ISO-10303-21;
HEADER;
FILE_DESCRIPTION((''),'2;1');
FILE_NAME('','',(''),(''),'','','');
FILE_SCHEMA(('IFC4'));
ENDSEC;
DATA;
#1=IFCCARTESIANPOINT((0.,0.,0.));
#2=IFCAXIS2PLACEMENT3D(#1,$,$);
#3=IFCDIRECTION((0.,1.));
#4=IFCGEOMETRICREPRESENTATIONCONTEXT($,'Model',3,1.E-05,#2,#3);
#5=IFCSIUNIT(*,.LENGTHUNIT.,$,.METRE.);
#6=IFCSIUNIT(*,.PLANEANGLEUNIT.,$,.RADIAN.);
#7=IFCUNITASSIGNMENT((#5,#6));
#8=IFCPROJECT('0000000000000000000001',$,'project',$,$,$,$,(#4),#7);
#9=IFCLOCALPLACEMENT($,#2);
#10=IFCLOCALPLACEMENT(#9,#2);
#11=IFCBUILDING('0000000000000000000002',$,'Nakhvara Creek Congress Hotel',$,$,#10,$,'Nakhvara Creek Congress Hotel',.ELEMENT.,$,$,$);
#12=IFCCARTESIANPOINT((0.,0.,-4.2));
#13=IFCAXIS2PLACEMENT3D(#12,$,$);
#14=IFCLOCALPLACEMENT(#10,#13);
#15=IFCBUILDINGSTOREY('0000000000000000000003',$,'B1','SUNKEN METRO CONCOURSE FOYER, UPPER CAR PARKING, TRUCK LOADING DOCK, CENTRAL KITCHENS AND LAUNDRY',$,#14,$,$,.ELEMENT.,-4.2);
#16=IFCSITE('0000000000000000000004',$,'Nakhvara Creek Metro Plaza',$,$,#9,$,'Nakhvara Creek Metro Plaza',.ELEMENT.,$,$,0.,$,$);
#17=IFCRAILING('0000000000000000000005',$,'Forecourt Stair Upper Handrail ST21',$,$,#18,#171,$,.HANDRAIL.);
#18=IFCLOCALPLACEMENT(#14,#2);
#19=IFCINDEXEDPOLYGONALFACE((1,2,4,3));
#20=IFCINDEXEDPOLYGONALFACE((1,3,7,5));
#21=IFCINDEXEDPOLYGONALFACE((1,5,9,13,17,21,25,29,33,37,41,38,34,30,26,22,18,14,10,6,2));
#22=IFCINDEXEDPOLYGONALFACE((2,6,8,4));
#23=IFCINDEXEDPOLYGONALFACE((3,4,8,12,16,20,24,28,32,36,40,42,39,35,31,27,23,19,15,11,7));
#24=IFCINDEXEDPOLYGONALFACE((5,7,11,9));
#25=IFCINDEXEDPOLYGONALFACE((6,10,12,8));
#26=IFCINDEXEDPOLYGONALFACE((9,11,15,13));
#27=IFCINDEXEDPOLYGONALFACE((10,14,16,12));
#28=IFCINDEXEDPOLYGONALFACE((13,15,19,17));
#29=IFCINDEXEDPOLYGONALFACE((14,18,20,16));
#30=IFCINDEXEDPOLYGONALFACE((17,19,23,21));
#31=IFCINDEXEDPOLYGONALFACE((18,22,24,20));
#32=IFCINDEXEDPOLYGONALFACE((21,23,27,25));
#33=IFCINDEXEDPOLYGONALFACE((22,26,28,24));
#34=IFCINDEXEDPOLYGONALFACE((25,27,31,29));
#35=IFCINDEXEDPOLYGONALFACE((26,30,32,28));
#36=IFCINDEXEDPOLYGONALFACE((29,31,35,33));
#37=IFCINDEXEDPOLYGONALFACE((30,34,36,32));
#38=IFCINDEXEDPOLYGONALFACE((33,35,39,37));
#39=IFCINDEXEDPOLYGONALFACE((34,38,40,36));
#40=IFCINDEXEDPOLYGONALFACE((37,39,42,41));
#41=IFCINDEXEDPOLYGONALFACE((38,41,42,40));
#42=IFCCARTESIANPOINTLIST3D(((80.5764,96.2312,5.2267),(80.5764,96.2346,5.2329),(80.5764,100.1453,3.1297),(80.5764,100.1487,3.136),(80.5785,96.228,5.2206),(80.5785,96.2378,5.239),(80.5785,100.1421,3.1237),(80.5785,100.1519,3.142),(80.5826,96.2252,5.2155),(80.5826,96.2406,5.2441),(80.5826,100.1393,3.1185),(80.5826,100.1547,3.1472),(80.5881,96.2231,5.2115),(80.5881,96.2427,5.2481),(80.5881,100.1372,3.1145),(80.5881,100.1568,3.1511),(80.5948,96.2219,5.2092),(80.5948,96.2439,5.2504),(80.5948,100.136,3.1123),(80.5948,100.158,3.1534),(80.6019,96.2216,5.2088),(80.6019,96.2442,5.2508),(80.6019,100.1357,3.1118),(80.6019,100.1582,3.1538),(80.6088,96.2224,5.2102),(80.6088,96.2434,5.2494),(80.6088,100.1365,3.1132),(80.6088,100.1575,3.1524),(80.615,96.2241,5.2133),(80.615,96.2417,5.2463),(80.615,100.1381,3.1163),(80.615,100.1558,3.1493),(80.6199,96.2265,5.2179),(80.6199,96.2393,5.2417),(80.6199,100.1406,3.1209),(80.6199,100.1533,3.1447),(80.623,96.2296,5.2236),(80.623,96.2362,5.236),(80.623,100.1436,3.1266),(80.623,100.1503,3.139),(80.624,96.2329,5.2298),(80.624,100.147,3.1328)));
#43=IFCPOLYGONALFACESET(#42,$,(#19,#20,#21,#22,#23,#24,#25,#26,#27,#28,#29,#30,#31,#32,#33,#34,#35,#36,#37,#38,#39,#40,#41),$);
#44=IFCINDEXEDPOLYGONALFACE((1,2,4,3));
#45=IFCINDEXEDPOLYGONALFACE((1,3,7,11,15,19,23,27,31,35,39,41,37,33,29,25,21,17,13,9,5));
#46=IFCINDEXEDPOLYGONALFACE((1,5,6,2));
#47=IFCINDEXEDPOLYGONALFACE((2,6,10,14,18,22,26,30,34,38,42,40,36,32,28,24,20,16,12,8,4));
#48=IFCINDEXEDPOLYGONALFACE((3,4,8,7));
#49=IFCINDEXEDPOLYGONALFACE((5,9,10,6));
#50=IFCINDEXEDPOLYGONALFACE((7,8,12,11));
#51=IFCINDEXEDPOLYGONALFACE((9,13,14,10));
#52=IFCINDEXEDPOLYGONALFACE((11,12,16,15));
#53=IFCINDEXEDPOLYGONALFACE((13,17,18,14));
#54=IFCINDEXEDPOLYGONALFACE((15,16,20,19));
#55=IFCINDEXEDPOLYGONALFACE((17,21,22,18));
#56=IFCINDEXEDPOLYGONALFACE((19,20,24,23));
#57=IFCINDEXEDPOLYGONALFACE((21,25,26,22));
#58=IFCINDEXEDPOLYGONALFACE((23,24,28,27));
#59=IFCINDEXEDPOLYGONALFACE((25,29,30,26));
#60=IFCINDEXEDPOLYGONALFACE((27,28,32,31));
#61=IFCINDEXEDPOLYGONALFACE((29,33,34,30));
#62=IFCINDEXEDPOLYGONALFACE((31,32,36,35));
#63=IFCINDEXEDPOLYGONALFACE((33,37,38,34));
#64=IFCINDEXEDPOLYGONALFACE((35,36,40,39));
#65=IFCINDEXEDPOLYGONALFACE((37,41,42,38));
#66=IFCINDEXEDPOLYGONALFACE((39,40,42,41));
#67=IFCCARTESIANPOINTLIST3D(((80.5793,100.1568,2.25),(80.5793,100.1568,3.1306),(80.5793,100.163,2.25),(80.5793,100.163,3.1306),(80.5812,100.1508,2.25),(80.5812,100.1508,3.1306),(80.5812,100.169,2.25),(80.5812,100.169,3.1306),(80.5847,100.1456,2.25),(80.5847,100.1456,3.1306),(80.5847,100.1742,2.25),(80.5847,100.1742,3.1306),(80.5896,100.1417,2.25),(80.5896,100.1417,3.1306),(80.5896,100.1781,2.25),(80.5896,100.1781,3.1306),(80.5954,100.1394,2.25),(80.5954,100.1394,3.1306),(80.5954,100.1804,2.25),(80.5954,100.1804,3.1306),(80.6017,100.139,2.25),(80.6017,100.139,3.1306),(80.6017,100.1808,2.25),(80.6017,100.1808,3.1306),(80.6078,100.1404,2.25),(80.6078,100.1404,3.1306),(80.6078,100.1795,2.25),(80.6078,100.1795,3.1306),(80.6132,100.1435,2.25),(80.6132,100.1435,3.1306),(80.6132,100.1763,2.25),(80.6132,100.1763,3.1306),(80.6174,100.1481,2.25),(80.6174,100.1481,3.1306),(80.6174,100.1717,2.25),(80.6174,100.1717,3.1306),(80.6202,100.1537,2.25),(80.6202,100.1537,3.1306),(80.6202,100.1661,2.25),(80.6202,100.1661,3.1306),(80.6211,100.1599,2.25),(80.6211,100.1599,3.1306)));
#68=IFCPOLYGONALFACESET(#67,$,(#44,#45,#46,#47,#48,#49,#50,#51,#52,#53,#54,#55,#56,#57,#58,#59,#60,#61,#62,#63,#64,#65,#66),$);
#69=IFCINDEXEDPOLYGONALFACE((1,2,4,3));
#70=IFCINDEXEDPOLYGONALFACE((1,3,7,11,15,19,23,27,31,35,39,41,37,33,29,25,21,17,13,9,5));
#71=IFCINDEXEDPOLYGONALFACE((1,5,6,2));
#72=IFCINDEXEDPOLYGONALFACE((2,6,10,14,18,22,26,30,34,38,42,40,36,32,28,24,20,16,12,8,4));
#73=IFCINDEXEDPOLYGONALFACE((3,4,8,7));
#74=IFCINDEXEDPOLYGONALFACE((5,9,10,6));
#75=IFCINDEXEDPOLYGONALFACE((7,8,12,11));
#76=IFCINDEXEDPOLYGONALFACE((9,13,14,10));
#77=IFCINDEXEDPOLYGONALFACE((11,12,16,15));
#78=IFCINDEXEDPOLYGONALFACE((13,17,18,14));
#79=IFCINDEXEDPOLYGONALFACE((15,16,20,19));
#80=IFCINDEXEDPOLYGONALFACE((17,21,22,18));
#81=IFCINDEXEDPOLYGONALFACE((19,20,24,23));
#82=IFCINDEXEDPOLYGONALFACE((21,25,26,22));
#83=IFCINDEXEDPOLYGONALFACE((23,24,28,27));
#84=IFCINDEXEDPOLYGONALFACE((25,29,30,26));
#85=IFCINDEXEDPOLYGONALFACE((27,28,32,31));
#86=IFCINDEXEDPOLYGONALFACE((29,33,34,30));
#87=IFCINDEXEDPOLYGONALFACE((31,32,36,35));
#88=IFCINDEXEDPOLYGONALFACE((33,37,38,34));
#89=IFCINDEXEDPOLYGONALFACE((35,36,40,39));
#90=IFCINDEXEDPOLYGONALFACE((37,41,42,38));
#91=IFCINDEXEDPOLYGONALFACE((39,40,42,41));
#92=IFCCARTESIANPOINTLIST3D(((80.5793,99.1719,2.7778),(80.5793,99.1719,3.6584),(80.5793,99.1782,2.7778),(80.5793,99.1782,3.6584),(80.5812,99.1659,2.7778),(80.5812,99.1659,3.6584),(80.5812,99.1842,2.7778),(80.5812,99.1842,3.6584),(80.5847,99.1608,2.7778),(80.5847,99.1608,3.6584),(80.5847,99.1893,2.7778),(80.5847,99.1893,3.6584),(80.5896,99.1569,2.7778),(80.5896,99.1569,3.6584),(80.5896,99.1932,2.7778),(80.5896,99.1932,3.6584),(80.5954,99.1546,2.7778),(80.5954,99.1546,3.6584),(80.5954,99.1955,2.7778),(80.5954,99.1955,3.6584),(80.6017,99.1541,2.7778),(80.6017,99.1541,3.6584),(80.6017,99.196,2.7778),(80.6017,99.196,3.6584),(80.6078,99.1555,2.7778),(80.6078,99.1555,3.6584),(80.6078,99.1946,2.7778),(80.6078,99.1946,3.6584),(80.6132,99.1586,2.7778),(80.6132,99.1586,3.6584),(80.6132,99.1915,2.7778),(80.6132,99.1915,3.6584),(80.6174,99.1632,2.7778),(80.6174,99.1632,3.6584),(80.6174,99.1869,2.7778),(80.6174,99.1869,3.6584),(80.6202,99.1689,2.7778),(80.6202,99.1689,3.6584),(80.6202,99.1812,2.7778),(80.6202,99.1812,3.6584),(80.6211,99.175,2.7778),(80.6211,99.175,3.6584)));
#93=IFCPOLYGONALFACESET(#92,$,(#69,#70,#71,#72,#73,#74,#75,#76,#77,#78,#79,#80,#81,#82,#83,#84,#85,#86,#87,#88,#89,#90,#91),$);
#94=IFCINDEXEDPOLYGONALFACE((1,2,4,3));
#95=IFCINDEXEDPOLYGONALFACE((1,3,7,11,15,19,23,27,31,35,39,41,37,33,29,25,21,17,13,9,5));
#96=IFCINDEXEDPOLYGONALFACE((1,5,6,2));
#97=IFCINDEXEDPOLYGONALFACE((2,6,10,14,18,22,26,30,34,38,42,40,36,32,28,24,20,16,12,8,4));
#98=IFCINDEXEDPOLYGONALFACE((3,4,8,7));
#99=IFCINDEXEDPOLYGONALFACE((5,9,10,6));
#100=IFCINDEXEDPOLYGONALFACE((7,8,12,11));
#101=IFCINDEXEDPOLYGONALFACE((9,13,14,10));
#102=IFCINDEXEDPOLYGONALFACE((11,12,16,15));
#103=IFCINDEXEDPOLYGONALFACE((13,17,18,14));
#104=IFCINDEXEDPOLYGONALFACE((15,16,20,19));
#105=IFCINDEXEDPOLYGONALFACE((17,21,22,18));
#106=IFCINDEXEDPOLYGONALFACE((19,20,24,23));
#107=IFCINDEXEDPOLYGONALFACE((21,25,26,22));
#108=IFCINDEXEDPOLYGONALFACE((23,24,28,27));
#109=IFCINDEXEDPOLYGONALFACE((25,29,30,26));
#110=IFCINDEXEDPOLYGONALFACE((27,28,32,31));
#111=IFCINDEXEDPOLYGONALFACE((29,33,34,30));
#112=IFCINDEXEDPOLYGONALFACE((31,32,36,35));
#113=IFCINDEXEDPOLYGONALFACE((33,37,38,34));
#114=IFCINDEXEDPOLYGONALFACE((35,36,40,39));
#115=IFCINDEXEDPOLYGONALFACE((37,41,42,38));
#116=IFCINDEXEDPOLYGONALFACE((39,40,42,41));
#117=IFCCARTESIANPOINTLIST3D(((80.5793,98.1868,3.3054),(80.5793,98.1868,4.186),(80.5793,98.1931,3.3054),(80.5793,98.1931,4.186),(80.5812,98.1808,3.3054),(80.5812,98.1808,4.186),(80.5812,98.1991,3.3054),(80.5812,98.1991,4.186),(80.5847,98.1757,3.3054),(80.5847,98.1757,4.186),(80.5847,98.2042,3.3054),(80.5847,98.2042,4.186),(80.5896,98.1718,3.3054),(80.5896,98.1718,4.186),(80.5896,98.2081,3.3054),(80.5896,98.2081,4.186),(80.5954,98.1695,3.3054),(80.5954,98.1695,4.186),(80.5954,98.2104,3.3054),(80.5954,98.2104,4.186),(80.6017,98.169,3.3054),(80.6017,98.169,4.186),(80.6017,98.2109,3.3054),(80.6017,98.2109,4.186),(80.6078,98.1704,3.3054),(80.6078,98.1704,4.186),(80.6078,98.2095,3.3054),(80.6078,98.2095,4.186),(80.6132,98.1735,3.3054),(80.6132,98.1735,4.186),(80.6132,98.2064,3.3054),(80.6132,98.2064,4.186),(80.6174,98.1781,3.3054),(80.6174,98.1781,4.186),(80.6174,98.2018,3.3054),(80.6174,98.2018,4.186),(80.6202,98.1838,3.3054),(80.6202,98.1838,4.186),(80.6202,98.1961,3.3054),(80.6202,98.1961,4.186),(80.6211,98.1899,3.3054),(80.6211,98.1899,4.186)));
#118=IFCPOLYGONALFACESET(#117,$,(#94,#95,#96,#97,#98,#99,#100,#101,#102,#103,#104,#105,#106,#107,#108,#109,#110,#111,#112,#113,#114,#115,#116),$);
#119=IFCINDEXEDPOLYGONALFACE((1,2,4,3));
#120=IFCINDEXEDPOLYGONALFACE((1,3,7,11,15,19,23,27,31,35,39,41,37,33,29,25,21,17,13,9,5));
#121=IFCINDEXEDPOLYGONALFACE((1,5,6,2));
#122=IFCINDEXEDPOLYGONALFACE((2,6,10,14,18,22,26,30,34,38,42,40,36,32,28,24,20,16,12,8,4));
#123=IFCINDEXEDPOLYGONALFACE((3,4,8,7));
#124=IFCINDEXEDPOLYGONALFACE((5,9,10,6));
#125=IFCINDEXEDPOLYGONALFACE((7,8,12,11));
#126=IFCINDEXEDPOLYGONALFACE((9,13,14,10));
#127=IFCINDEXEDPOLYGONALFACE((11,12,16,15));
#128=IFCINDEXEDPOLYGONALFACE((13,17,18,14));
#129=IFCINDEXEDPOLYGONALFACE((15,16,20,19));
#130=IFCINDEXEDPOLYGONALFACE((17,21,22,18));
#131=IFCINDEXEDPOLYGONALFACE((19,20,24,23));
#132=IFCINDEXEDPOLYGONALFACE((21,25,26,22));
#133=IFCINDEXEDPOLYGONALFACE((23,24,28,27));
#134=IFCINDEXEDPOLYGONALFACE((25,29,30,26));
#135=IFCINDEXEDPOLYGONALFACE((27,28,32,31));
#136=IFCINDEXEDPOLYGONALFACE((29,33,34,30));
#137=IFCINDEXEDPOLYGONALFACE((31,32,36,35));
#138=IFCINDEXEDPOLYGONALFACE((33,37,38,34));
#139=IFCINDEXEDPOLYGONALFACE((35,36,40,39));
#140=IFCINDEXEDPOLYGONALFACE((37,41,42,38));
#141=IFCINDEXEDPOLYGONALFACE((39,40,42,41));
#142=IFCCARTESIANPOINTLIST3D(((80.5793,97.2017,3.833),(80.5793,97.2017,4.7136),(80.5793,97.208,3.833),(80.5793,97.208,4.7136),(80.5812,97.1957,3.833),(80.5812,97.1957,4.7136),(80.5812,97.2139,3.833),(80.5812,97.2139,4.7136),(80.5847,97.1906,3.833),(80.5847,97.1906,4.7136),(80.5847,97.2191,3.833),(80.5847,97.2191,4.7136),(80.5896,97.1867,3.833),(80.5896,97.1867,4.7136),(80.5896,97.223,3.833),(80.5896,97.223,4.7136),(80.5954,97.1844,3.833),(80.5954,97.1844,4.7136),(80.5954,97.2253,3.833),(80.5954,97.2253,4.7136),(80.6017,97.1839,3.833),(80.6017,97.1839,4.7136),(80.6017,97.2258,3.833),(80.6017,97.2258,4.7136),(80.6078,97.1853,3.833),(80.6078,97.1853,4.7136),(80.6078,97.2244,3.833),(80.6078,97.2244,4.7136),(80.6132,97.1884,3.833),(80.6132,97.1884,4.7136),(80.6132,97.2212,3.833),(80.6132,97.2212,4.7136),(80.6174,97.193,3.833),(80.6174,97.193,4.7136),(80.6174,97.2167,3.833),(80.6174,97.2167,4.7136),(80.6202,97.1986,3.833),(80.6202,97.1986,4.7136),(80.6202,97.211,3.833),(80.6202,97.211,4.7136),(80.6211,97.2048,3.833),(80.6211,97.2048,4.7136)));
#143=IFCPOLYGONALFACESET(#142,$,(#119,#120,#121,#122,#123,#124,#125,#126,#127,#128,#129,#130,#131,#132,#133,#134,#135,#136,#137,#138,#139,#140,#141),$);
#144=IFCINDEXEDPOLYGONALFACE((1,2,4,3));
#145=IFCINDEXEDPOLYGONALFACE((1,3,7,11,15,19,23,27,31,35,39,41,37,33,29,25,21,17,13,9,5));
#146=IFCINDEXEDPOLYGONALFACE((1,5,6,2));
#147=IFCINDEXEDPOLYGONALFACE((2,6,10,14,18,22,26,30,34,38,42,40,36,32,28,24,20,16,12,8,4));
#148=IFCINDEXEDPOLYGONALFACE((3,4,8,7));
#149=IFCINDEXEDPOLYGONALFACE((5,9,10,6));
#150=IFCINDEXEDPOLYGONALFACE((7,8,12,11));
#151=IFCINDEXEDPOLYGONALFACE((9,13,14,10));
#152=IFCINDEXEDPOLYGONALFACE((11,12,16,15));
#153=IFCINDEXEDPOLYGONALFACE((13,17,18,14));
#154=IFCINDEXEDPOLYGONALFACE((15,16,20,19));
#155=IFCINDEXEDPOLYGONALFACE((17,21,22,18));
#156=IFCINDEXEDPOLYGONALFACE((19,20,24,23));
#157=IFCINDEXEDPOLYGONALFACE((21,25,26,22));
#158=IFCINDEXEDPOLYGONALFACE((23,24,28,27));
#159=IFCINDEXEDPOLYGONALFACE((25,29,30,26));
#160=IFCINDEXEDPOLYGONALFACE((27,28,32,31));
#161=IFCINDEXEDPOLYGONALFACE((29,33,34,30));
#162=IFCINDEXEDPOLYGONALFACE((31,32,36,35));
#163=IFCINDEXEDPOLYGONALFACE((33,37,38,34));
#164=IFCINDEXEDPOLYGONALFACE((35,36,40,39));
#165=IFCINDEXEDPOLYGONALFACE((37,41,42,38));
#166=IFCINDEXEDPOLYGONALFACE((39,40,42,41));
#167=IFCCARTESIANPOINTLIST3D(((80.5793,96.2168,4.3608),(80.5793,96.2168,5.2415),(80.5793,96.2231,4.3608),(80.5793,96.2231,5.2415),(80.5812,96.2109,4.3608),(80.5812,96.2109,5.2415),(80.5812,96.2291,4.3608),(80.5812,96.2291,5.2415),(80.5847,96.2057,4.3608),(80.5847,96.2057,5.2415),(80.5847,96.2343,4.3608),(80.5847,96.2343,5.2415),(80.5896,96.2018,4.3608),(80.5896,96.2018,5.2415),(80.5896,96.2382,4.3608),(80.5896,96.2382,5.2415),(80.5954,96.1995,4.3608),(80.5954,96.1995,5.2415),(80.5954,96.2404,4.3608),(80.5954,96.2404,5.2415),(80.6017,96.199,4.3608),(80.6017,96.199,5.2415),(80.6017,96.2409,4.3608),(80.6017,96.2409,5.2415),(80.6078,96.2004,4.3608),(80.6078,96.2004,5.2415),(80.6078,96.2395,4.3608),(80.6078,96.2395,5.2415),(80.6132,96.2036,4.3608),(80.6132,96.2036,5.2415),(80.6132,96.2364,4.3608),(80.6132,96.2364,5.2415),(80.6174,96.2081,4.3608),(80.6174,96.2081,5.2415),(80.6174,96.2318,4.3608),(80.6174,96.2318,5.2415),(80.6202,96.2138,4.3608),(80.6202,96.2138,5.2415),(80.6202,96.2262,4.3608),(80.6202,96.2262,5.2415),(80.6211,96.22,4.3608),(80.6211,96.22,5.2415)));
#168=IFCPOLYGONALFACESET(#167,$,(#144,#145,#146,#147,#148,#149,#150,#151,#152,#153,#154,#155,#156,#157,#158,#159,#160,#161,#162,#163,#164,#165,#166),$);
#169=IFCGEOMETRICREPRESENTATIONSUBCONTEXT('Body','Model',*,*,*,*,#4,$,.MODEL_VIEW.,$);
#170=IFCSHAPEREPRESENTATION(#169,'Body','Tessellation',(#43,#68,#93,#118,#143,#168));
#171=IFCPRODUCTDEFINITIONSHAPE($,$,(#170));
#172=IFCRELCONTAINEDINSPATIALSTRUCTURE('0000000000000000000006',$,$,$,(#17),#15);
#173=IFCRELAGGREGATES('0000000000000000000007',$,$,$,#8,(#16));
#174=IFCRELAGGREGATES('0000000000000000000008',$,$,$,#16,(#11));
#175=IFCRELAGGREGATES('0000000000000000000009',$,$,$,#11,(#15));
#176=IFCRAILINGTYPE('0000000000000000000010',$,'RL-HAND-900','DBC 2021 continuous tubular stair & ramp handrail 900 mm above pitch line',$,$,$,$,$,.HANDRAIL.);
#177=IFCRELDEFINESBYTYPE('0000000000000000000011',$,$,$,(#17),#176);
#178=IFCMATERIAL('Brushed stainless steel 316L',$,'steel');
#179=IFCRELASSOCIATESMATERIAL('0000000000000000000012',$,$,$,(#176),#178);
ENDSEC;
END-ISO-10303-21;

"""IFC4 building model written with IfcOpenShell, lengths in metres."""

from ifc_helpers import new_model, si_unit, direction, frame, origin, origin_2d, place, context, subcontext, project, spatial, circle, extrude, material, type_object, element, save


model = new_model("IFC4")

# Units and contexts
model_context = context("Model", 3, precision=1e-05, world=origin(), true_north=direction((0.0, 1.0)))
body_context = subcontext(model_context, "Body", "Model", "MODEL_VIEW")
ifc_project = project(units=[si_unit("LENGTHUNIT", "METRE"), si_unit("PLANEANGLEUNIT", "RADIAN")], contexts=[model_context])

# Site, building, storey
site_placement = place(None, origin())
site = spatial("IfcSite", under=ifc_project, at=site_placement, Name="Nakhvara Creek Metro Plaza", LongName="Nakhvara Creek Metro Plaza", CompositionType="ELEMENT", RefElevation=0.0)
building_placement = place(site_placement, origin())
building = spatial("IfcBuilding", under=site, at=building_placement, Name="Nakhvara Creek Congress Hotel", LongName="Nakhvara Creek Congress Hotel", CompositionType="ELEMENT")
storey_placement = place(building_placement, frame((0.0, 0.0, -4.2)))
storey = spatial("IfcBuildingStorey", under=building, at=storey_placement, Name="B1", Description="SUNKEN METRO CONCOURSE FOYER, UPPER CAR PARKING, TRUCK LOADING DOCK, CENTRAL KITCHENS AND LAUNDRY", CompositionType="ELEMENT", Elevation=-4.2)

# Railing
ifc_material_1 = material(Name="Brushed stainless steel 316L", Category="steel")
railing_type_1 = type_object("IfcRailingType", Name="RL-HAND-900", Description="DBC 2021 continuous tubular stair & ramp handrail 900 mm above pitch line", PredefinedType="HANDRAIL", material=ifc_material_1)
railing_1_placement = place(storey_placement, frame((80.6001, 100.1599, 2.25)))
element("IfcRailing", 1, at=railing_1_placement, inside=storey, type_object=railing_type_1, Name="Forecourt Stair Upper Handrail ST21", PredefinedType="HANDRAIL", context=body_context, shape_type="SweptSolid", body=[
    extrude(circle(Radius=0.0239, at=origin_2d()), frame((0.0, -0.0129, 0.8828), z_axis=(0.0, -0.881465, 0.472249), x_axis=(1.0, 0.0, 0.0)), (0.0, 0.0, 1.0), 4.4404),
    extrude(circle(Radius=0.021, at=origin_2d()), origin(), (0.0, 0.0, 1.0), 0.8806),
    extrude(circle(Radius=0.021, at=origin_2d()), frame((0.0, -0.9849, 0.5278)), (0.0, 0.0, 1.0), 0.8806),
    extrude(circle(Radius=0.021, at=origin_2d()), frame((0.0, -1.97, 1.0554)), (0.0, 0.0, 1.0), 0.8806),
    extrude(circle(Radius=0.021, at=origin_2d()), frame((0.0, -2.9551, 1.583)), (0.0, 0.0, 1.0), 0.8806),
    extrude(circle(Radius=0.021, at=origin_2d()), frame((0.0, -3.9399, 2.1108)), (0.0, 0.0, 1.0), 0.8806),
])

save(model, "model.ifc")
